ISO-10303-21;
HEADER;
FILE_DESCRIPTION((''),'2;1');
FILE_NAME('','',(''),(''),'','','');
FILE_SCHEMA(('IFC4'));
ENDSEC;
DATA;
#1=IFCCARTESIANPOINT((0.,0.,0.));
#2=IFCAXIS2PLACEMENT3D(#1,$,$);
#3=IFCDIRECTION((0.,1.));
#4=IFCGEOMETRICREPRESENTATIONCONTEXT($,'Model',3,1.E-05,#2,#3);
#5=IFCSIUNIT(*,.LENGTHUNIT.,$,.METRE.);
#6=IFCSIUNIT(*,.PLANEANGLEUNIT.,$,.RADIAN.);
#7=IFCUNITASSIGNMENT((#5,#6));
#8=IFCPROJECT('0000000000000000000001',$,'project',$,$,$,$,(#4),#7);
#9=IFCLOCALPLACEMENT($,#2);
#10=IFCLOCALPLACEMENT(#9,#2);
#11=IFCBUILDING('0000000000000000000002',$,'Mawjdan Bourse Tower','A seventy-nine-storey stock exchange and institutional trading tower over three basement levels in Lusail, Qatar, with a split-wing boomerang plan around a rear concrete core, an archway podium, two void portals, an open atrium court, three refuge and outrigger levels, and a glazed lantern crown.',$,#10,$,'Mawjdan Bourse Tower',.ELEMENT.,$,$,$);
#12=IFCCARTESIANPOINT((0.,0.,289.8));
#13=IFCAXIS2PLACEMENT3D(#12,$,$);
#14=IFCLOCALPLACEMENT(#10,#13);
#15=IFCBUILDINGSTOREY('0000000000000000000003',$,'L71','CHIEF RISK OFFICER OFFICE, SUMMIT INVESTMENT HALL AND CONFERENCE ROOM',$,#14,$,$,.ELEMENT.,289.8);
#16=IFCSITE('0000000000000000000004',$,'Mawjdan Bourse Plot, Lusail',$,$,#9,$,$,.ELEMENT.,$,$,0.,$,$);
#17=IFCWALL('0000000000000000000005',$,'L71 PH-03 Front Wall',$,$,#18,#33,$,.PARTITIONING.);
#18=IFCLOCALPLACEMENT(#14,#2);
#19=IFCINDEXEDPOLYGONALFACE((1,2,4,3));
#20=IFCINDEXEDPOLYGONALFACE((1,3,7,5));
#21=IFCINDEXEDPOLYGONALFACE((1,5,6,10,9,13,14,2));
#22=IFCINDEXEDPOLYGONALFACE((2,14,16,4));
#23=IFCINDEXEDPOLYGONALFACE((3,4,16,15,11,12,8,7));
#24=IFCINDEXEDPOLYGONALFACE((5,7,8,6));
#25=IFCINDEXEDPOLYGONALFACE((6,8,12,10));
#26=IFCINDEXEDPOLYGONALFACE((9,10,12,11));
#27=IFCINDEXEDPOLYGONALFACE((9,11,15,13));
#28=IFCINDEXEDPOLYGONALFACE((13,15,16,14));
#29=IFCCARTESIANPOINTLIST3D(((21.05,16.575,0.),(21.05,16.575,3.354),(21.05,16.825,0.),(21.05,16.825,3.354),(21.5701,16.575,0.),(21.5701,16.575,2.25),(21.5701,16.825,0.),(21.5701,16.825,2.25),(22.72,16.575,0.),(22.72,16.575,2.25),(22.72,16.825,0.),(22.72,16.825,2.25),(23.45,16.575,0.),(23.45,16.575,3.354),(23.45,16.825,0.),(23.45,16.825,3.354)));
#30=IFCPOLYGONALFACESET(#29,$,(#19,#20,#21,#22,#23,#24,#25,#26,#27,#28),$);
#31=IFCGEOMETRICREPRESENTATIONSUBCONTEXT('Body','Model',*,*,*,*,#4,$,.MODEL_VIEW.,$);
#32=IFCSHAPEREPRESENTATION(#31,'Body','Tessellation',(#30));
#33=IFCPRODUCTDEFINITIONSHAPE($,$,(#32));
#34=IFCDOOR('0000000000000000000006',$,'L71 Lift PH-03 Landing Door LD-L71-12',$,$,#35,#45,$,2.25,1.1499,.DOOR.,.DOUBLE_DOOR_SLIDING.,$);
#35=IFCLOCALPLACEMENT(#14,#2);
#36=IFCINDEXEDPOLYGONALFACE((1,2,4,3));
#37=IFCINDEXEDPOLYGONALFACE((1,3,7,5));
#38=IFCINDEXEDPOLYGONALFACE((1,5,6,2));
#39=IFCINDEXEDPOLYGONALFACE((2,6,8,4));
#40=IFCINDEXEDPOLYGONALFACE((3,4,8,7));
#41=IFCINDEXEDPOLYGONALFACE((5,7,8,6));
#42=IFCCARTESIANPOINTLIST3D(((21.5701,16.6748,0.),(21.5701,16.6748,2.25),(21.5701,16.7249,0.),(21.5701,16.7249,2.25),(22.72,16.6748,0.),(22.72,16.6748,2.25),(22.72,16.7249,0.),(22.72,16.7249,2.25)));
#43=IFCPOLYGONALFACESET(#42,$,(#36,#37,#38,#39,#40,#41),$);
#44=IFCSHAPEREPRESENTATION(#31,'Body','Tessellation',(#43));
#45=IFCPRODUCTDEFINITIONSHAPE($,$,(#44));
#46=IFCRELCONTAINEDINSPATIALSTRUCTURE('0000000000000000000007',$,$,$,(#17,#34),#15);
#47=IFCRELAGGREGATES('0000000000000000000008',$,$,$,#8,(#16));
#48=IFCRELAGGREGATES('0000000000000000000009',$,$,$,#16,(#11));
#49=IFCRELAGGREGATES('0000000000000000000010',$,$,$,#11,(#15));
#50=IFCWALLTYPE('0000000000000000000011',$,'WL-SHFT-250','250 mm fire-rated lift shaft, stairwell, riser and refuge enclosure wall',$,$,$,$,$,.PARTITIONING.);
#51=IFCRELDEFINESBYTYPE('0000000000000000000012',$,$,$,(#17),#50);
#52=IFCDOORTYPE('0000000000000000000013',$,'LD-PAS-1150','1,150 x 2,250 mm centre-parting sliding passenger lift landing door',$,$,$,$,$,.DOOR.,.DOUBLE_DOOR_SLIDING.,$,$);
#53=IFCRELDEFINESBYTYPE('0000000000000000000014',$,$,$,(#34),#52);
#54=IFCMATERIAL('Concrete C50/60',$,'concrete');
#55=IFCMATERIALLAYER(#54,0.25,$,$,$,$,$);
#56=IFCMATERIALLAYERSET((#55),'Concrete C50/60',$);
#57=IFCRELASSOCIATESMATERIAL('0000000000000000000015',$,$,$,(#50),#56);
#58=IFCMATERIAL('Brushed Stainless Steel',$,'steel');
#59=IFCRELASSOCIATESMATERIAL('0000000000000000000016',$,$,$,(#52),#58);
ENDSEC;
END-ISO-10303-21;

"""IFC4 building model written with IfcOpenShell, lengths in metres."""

from ifc_helpers import new_model, si_unit, direction, frame, frame_2d, origin, place, context, subcontext, project, spatial, rectangle, extrude, material, layer, layer_set, type_object, element, fill, save


model = new_model("IFC4")

# Units and contexts
model_context = context("Model", 3, precision=1e-05, world=origin(), true_north=direction((0.0, 1.0)))
body_context = subcontext(model_context, "Body", "Model", "MODEL_VIEW")
ifc_project = project(units=[si_unit("LENGTHUNIT", "METRE"), si_unit("PLANEANGLEUNIT", "RADIAN")], contexts=[model_context])

# Site, building, storey
site_placement = place(None, origin())
site = spatial("IfcSite", under=ifc_project, at=site_placement, Name="Mawjdan Bourse Plot, Lusail", CompositionType="ELEMENT", RefElevation=0.0)
building_placement = place(site_placement, origin())
building = spatial("IfcBuilding", under=site, at=building_placement, Name="Mawjdan Bourse Tower", Description="A seventy-nine-storey stock exchange and institutional trading tower over three basement levels in Lusail, Qatar, with a split-wing boomerang plan around a rear concrete core, an archway podium, two void portals, an open atrium court, three refuge and outrigger levels, and a glazed lantern crown.", LongName="Mawjdan Bourse Tower", CompositionType="ELEMENT")
storey_placement = place(building_placement, frame((0.0, 0.0, 289.8)))
storey = spatial("IfcBuildingStorey", under=building, at=storey_placement, Name="L71", Description="CHIEF RISK OFFICER OFFICE, SUMMIT INVESTMENT HALL AND CONFERENCE ROOM", CompositionType="ELEMENT", Elevation=289.8)

# Shared definitions
ifc_material_1 = material(Name="Concrete C50/60", Category="concrete")
ifc_layer_1 = layer(ifc_material_1, 0.25)
ifc_layer_set_1 = layer_set([ifc_layer_1], Name="Concrete C50/60")
wall_type_1 = type_object("IfcWallType", Name="WL-SHFT-250", Description="250 mm fire-rated lift shaft, stairwell, riser and refuge enclosure wall", PredefinedType="PARTITIONING", material=ifc_layer_set_1)

# Wall, opening, door
wall_1_placement = place(storey_placement, frame((21.05, 16.7, 0.0), z_axis=(0.0, 0.0, 1.0), x_axis=(1.0, 0.0, 0.0)))
wall_1 = element("IfcWall", 1, at=wall_1_placement, inside=storey, type_object=wall_type_1, Name="L71 PH-03 Front Wall", PredefinedType="PARTITIONING", context=body_context, shape_type="SweptSolid", body=[
    extrude(rectangle(XDim=2.3999, YDim=0.25, at=frame_2d((1.2, 0.0))), origin(), (0.0, 0.0, 1.0), 3.354),
])
opening_1_placement = place(wall_1_placement, frame((0.52, 0.0, 0.0)))
opening_1 = element("IfcOpeningElement", 2, at=opening_1_placement, cuts=wall_1, PredefinedType="OPENING", context=body_context, shape_type="SweptSolid", body=[
    extrude(rectangle(XDim=1.1499, YDim=2.25, at=frame_2d((0.575, 1.125))), frame((0.0, 0.135, 0.0), z_axis=(0.0, -1.0, 0.0), x_axis=(1.0, 0.0, 0.0)), (0.0, 0.0, 1.0), 0.27),
])
ifc_material_2 = material(Name="Brushed Stainless Steel", Category="steel")
door_type_1 = type_object("IfcDoorType", Name="LD-PAS-1150", Description="1,150 x 2,250 mm centre-parting sliding passenger lift landing door", OperationType="DOUBLE_DOOR_SLIDING", PredefinedType="DOOR", material=ifc_material_2)
door_1_placement = place(opening_1_placement, origin())
door_1 = element("IfcDoor", 3, at=door_1_placement, inside=storey, type_object=door_type_1, Name="L71 Lift PH-03 Landing Door LD-L71-12", OperationType="DOUBLE_DOOR_SLIDING", OverallHeight=2.25, OverallWidth=1.1499, PredefinedType="DOOR", context=body_context, shape_type="SweptSolid", body=[
    extrude(rectangle(XDim=1.1499, YDim=2.25, at=frame_2d((0.575, 1.125))), frame((0.0, 0.0249, 0.0), z_axis=(0.0, -1.0, 0.0), x_axis=(1.0, 0.0, 0.0)), (0.0, 0.0, 1.0), 0.05),
])
fill(opening_1, door_1)

save(model, "model.ifc")
